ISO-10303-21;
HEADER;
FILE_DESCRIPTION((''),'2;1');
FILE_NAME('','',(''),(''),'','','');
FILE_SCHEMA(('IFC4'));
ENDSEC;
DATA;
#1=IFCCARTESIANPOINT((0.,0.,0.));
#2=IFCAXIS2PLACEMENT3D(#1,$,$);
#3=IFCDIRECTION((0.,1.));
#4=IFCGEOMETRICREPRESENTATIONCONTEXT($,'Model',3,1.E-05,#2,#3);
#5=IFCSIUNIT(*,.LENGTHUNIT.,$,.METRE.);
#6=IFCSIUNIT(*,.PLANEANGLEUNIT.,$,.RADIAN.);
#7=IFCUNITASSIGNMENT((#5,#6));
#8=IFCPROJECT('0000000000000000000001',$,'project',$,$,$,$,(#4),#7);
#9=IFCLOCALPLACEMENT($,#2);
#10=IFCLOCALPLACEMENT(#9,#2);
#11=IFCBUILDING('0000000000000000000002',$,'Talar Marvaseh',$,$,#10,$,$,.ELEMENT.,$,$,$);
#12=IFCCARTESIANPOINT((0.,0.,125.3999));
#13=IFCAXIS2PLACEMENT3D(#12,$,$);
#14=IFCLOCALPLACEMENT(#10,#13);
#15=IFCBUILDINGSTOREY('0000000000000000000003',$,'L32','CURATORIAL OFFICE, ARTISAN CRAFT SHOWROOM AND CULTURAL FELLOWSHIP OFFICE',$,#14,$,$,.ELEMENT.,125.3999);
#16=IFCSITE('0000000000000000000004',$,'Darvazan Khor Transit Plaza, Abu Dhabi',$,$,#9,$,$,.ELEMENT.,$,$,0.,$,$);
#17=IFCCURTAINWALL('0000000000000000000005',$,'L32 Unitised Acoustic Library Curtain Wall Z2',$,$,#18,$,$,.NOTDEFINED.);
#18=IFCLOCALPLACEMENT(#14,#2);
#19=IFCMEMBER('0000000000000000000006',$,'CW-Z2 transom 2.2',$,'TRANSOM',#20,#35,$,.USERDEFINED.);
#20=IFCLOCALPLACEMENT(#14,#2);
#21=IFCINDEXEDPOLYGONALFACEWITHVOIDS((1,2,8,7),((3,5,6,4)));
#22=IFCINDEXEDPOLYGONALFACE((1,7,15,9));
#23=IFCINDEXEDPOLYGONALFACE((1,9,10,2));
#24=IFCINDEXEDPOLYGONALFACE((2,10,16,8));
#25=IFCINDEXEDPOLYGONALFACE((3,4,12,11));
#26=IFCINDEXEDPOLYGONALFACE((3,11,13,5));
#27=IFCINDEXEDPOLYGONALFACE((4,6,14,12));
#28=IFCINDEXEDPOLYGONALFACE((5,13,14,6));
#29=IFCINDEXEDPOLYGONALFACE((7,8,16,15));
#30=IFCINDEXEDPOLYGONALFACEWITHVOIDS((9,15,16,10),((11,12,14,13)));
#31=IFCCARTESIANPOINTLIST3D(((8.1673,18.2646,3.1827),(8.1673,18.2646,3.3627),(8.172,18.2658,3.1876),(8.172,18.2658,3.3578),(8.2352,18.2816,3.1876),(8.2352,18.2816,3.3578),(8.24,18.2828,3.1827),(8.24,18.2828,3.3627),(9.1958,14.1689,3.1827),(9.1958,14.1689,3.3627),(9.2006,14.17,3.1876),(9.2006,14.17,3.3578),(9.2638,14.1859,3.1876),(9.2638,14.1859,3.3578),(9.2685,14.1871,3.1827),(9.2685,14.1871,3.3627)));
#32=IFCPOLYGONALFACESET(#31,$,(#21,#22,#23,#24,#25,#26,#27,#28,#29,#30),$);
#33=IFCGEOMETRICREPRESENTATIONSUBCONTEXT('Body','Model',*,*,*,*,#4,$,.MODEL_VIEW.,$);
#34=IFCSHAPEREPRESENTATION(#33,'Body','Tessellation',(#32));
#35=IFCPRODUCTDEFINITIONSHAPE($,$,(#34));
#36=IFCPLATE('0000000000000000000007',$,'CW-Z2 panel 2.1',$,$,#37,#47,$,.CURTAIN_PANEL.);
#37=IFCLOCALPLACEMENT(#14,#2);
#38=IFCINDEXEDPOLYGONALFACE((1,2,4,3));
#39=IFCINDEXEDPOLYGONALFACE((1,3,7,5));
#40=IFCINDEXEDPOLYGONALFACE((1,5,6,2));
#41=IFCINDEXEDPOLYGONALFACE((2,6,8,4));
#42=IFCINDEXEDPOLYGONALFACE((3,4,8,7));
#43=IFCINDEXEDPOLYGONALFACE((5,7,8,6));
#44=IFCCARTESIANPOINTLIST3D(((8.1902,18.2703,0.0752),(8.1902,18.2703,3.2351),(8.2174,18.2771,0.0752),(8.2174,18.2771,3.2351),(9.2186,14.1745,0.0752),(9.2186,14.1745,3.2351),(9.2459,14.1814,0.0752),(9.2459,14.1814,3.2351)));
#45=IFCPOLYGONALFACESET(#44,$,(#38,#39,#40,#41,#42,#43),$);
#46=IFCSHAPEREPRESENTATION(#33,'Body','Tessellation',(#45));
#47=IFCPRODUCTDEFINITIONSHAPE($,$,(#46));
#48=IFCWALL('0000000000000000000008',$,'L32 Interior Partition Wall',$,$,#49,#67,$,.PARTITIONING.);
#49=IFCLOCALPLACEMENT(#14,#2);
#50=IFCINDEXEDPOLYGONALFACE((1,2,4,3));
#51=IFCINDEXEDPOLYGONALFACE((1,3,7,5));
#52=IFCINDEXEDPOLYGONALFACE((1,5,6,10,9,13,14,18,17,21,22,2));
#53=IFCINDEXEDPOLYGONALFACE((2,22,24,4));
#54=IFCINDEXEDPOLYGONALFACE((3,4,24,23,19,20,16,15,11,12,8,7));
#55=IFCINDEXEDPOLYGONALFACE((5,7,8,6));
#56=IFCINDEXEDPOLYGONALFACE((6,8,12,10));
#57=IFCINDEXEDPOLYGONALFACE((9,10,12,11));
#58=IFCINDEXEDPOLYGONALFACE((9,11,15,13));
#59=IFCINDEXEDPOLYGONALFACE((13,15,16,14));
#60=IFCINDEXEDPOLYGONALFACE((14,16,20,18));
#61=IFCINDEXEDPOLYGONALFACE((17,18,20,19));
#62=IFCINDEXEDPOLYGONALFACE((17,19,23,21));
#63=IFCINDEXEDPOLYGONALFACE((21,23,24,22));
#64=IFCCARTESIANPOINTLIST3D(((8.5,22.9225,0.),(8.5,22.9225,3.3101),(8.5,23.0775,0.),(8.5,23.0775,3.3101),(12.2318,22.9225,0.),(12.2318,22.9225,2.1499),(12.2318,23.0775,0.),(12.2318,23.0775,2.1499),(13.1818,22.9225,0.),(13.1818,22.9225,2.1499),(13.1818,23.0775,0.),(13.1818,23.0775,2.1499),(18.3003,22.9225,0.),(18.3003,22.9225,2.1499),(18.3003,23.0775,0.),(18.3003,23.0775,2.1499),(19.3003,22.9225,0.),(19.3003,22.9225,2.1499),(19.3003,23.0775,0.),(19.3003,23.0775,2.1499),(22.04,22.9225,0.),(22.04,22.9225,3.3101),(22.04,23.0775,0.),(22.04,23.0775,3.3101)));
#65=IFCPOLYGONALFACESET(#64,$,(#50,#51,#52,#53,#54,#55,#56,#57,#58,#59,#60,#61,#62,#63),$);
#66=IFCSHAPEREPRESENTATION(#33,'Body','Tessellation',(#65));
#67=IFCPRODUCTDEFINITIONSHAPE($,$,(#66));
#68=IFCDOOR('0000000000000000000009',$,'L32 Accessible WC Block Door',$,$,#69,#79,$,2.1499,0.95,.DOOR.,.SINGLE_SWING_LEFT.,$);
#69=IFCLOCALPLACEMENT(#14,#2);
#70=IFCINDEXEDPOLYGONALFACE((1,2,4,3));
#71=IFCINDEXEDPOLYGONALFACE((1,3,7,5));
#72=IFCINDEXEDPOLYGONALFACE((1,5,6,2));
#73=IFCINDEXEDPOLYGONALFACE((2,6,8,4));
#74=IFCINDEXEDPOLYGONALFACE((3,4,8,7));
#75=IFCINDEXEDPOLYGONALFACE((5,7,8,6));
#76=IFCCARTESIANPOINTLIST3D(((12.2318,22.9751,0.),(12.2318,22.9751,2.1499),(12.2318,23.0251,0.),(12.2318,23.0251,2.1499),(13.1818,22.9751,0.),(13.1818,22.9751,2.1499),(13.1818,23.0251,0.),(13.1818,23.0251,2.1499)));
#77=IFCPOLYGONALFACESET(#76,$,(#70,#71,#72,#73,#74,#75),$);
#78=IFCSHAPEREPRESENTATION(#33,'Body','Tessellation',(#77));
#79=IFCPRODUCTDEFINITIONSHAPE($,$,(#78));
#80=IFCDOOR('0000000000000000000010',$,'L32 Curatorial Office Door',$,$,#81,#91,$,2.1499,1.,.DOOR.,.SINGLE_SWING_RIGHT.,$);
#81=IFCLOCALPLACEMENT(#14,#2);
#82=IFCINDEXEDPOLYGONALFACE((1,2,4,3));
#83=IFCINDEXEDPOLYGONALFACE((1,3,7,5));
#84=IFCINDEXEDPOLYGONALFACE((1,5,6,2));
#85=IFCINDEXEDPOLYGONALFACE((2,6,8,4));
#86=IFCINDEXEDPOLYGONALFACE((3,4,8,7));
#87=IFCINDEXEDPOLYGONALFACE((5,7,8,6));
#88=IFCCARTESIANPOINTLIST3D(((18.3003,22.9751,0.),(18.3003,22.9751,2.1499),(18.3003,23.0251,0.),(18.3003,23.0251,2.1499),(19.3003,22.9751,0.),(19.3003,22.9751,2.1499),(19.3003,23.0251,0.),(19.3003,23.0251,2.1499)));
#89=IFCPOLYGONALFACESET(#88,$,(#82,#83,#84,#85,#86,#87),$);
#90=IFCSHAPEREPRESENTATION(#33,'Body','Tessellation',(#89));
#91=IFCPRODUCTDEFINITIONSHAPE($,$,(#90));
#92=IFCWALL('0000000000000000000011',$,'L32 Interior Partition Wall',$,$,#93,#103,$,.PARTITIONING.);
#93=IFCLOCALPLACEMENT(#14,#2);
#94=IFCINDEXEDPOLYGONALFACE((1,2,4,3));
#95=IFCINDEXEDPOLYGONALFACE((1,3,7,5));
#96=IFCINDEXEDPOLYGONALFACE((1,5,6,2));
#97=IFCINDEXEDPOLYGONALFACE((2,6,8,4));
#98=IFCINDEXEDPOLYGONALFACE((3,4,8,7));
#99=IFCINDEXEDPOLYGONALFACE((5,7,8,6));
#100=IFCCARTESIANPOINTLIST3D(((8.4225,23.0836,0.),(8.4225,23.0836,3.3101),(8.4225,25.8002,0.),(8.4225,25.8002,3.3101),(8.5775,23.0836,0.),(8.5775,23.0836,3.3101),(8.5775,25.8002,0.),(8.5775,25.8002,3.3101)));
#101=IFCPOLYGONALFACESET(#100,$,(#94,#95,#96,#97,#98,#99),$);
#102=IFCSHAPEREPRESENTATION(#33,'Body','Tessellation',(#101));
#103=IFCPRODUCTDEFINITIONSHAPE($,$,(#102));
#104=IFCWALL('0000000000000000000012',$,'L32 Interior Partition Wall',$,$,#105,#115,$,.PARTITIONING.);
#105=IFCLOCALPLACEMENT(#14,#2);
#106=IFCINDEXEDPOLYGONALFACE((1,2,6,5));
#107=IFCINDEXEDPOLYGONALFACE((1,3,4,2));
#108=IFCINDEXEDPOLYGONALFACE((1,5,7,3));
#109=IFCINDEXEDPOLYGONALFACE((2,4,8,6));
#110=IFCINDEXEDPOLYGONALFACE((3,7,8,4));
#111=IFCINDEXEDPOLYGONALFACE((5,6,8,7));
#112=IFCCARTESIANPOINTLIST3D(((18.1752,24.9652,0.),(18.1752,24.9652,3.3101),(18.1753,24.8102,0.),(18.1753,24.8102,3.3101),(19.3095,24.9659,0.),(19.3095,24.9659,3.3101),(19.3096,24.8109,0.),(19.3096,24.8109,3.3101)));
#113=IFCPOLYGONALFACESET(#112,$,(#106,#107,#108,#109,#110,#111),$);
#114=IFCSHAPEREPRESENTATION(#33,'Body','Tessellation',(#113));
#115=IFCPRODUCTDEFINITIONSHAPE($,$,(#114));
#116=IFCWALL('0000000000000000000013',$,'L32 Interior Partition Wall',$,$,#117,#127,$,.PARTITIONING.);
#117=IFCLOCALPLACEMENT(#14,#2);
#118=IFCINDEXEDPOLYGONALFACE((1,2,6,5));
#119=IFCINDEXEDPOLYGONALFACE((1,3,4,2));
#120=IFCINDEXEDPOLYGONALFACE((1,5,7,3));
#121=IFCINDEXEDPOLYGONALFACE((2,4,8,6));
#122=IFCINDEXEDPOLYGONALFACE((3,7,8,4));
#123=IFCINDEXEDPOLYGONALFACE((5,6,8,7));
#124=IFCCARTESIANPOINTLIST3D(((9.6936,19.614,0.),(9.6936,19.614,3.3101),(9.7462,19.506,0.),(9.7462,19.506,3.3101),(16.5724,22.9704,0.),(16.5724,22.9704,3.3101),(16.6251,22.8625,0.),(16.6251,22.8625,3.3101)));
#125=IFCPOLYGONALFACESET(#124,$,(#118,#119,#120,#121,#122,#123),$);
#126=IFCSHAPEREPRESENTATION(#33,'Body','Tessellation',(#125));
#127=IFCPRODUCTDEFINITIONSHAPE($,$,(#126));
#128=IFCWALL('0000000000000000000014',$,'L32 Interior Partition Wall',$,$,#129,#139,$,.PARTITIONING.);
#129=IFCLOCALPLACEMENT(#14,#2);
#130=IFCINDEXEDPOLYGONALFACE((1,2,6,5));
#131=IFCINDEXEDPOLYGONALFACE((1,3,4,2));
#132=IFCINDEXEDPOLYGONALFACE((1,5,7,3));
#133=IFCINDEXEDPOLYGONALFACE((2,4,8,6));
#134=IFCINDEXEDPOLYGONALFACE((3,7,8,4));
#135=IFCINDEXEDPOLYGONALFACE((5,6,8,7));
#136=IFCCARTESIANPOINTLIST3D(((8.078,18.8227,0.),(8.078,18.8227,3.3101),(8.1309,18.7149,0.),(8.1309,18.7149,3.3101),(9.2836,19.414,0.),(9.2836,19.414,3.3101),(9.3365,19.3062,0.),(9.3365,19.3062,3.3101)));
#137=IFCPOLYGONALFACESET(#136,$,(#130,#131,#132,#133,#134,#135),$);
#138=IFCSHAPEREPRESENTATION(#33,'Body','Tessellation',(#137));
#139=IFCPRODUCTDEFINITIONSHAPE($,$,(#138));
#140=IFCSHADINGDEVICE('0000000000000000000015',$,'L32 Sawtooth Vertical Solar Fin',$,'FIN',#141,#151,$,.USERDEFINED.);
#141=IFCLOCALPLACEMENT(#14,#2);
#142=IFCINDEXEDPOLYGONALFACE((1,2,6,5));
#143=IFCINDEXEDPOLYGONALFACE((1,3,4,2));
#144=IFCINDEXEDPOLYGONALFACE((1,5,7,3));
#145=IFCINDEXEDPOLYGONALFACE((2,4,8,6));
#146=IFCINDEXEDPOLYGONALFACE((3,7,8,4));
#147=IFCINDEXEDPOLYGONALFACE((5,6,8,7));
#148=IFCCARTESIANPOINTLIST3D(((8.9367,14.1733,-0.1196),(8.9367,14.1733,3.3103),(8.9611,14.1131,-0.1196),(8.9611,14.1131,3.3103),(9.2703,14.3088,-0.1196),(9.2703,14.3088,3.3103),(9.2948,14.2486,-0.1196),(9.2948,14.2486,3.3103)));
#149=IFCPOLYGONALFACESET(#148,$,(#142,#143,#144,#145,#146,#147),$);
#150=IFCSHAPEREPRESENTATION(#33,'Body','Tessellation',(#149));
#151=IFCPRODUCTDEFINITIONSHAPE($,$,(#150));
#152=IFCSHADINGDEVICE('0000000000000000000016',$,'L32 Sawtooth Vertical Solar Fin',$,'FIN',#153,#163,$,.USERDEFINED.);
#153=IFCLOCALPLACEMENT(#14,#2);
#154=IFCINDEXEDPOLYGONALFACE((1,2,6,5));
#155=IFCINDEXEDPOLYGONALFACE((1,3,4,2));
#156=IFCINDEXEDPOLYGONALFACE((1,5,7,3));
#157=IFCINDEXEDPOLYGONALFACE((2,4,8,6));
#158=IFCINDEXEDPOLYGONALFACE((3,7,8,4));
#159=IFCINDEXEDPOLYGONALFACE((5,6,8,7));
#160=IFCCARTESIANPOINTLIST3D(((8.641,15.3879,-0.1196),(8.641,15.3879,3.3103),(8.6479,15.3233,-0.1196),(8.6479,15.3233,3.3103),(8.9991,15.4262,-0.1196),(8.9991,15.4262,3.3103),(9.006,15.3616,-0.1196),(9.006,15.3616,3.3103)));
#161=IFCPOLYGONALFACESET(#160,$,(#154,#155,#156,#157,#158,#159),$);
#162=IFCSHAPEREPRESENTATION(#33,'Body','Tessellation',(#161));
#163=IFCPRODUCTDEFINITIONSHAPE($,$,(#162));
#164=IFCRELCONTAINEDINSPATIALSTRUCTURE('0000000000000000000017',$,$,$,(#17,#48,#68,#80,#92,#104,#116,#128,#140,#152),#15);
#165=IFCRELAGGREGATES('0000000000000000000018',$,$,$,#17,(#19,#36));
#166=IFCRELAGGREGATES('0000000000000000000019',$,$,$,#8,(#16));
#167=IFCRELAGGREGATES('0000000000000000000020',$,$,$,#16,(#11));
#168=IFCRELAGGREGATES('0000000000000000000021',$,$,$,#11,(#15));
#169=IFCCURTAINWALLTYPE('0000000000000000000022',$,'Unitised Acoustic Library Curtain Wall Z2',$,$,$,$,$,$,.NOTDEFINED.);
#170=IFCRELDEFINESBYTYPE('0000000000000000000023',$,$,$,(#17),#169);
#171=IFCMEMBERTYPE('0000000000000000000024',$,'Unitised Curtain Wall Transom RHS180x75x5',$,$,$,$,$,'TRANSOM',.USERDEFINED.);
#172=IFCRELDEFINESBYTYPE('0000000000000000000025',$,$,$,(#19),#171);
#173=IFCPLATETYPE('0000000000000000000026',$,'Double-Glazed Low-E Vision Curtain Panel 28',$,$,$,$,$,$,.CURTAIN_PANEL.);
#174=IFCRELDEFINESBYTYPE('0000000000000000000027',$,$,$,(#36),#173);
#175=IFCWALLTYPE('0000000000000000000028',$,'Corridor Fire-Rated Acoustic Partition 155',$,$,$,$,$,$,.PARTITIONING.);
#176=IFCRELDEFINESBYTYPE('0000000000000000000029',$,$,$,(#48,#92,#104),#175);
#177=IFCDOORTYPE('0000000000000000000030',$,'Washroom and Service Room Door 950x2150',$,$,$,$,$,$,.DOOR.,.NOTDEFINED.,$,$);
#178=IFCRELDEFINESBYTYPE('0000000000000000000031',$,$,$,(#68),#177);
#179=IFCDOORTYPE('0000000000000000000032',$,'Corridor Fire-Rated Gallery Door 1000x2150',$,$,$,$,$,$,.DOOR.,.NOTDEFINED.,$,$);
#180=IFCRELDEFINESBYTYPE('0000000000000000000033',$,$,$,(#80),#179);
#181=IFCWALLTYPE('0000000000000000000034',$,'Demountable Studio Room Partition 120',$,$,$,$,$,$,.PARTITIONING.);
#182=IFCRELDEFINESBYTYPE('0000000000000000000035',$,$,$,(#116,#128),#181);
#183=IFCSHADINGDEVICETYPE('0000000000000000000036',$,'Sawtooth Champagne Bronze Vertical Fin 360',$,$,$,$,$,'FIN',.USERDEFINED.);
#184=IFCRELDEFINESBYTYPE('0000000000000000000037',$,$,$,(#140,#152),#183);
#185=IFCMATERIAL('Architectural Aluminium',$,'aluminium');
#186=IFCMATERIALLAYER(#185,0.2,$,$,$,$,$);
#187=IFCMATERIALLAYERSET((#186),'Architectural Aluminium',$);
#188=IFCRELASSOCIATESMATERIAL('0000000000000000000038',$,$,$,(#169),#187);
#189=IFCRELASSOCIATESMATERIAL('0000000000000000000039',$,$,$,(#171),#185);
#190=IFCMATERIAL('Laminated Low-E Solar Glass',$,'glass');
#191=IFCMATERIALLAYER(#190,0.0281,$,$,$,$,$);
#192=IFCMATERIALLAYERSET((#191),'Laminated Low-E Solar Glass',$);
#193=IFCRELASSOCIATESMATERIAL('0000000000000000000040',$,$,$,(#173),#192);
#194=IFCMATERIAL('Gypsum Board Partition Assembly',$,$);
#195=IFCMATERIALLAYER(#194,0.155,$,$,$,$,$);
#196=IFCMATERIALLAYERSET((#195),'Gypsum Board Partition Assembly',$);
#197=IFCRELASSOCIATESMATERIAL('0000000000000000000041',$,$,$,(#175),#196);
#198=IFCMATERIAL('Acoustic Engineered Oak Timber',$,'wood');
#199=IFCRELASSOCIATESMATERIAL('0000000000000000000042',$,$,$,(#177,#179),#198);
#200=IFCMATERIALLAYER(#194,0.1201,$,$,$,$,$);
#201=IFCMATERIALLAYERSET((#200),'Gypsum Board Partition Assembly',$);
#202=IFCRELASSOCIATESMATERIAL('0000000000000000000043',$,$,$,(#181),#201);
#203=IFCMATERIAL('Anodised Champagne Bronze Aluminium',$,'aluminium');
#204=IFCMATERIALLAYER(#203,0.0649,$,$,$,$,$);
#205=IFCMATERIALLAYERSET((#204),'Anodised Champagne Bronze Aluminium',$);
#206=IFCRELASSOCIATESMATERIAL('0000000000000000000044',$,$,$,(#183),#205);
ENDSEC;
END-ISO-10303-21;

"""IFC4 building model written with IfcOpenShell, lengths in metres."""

from ifc_helpers import new_model, si_unit, direction, frame, frame_2d, origin, origin_2d, place, context, subcontext, project, spatial, rectangle, hollow_rectangle, extrude, source, transform, mapped, material, layer, layer_set, material_profile, profile_set, type_object, type_shapes, element, fill, aggregate, save


model = new_model("IFC4")

# Units and contexts
model_context = context("Model", 3, precision=1e-05, world=origin(), true_north=direction((0.0, 1.0)))
body_context = subcontext(model_context, "Body", "Model", "MODEL_VIEW")
ifc_project = project(units=[si_unit("LENGTHUNIT", "METRE"), si_unit("PLANEANGLEUNIT", "RADIAN")], contexts=[model_context])

# Site, building, storey
site_placement = place(None, origin())
site = spatial("IfcSite", under=ifc_project, at=site_placement, Name="Darvazan Khor Transit Plaza, Abu Dhabi", CompositionType="ELEMENT", RefElevation=0.0)
building_placement = place(site_placement, origin())
building = spatial("IfcBuilding", under=site, at=building_placement, Name="Talar Marvaseh", CompositionType="ELEMENT")
storey_placement = place(building_placement, frame((0.0, 0.0, 125.3999)))
storey = spatial("IfcBuildingStorey", under=building, at=storey_placement, Name="L32", Description="CURATORIAL OFFICE, ARTISAN CRAFT SHOWROOM AND CULTURAL FELLOWSHIP OFFICE", CompositionType="ELEMENT", Elevation=125.3999)

# Curtain wall, member, plate
ifc_material_1 = material(Name="Architectural Aluminium", Category="aluminium")
ifc_layer_1 = layer(ifc_material_1, 0.2)
ifc_layer_set_1 = layer_set([ifc_layer_1], Name="Architectural Aluminium")
curtain_wall_type = type_object("IfcCurtainWallType", Name="Unitised Acoustic Library Curtain Wall Z2", PredefinedType="NOTDEFINED", material=ifc_layer_set_1)
curtain_wall_placement = place(storey_placement, origin())
curtain_wall = element("IfcCurtainWall", 1, at=curtain_wall_placement, inside=storey, type_object=curtain_wall_type, Name="L32 Unitised Acoustic Library Curtain Wall Z2", PredefinedType="NOTDEFINED")
ifc_material_profile_1 = material_profile(ifc_material_1, hollow_rectangle(XDim=0.075, YDim=0.1799, WallThickness=0.0049, at=origin_2d()), Name="RHS180x75x5")
ifc_profile_set_1 = profile_set([ifc_material_profile_1], Name="Architectural Aluminium")
member_type_1 = type_object("IfcMemberType", Name="Unitised Curtain Wall Transom RHS180x75x5", ElementType="TRANSOM", PredefinedType="USERDEFINED", material=ifc_profile_set_1)
shared_shape_1 = source(origin(), body_context, "Body", "SweptSolid", [
    extrude(hollow_rectangle(XDim=0.075, YDim=0.1799, WallThickness=0.0049, at=origin_2d()), origin(), (0.0, 0.0, 1.0), 4.2229),
])
type_shapes(member_type_1, [shared_shape_1])
member_1_placement = place(storey_placement, frame((9.2322, 14.178, 3.2727), z_axis=(-0.243569, 0.969883, 0.0), x_axis=(-0.969883, -0.243569, 0.0)))
member_1 = element("IfcMember", 2, at=member_1_placement, type_object=member_type_1, Name="CW-Z2 transom 2.2", ObjectType="TRANSOM", PredefinedType="USERDEFINED", context=body_context, shape_type="MappedRepresentation", body=[
    mapped(shared_shape_1, transform((0.0, 0.0, 0.0), x_axis=(1.0, 0.0, 0.0), y_axis=(0.0, 1.0, 0.0), z_axis=(0.0, 0.0, 1.0), scale=1.0)),
])
ifc_material_2 = material(Name="Laminated Low-E Solar Glass", Category="glass")
ifc_layer_2 = layer(ifc_material_2, 0.0281)
ifc_layer_set_2 = layer_set([ifc_layer_2], Name="Laminated Low-E Solar Glass")
plate_type = type_object("IfcPlateType", Name="Double-Glazed Low-E Vision Curtain Panel 28", PredefinedType="CURTAIN_PANEL", material=ifc_layer_set_2)
shared_shape_2 = source(origin(), body_context, "Body", "SweptSolid", [
    extrude(rectangle(XDim=4.2229, YDim=0.0281, at=origin_2d()), origin(), (0.0, 0.0, 1.0), 3.1599),
])
type_shapes(plate_type, [shared_shape_2])
plate_placement = place(storey_placement, frame((8.718, 16.2258, 0.0752), z_axis=(0.0, 0.0, 1.0), x_axis=(-0.24355, 0.969888, 0.0)))
plate = element("IfcPlate", 3, at=plate_placement, type_object=plate_type, Name="CW-Z2 panel 2.1", PredefinedType="CURTAIN_PANEL", context=body_context, shape_type="MappedRepresentation", body=[
    mapped(shared_shape_2, transform((0.0, 0.0, 0.0), x_axis=(1.0, 0.0, 0.0), y_axis=(0.0, 1.0, 0.0), z_axis=(0.0, 0.0, 1.0), scale=1.0)),
])
aggregate(curtain_wall, [member_1, plate])

# Wall, openings, doors
ifc_material_3 = material(Name="Gypsum Board Partition Assembly")
ifc_layer_3 = layer(ifc_material_3, 0.155)
ifc_layer_set_3 = layer_set([ifc_layer_3], Name="Gypsum Board Partition Assembly")
wall_type_1 = type_object("IfcWallType", Name="Corridor Fire-Rated Acoustic Partition 155", PredefinedType="PARTITIONING", material=ifc_layer_set_3)
wall_1_placement = place(storey_placement, frame((22.04, 23.0, 0.0), z_axis=(0.0, 0.0, 1.0), x_axis=(-1.0, 0.0, 0.0)))
wall_1 = element("IfcWall", 4, at=wall_1_placement, inside=storey, type_object=wall_type_1, Name="L32 Interior Partition Wall", PredefinedType="PARTITIONING", context=body_context, shape_type="SweptSolid", body=[
    extrude(rectangle(XDim=13.54, YDim=0.155, at=frame_2d((6.77, 0.0))), origin(), (0.0, 0.0, 1.0), 3.3101),
])
opening_1_placement = place(wall_1_placement, frame((8.8582, 0.0, 0.0)))
opening_1 = element("IfcOpeningElement", 5, at=opening_1_placement, cuts=wall_1, PredefinedType="OPENING", context=body_context, shape_type="SweptSolid", body=[
    extrude(rectangle(XDim=0.95, YDim=2.1499, at=frame_2d((0.4751, 1.075))), frame((0.0, 0.0874, 0.0), z_axis=(0.0, -1.0, 0.0), x_axis=(1.0, 0.0, 0.0)), (0.0, 0.0, 1.0), 0.175),
])
opening_2_placement = place(wall_1_placement, frame((2.7397, 0.0, 0.0)))
opening_2 = element("IfcOpeningElement", 6, at=opening_2_placement, cuts=wall_1, PredefinedType="OPENING", context=body_context, shape_type="SweptSolid", body=[
    extrude(rectangle(XDim=1.0, YDim=2.1499, at=frame_2d((0.5, 1.075))), frame((0.0, 0.0874, 0.0), z_axis=(0.0, -1.0, 0.0), x_axis=(1.0, 0.0, 0.0)), (0.0, 0.0, 1.0), 0.175),
])
ifc_material_4 = material(Name="Acoustic Engineered Oak Timber", Category="wood")
door_type_1 = type_object("IfcDoorType", Name="Washroom and Service Room Door 950x2150", OperationType="NOTDEFINED", PredefinedType="DOOR", material=ifc_material_4)
shared_shape_3 = source(origin(), body_context, "Body", "SweptSolid", [
    extrude(rectangle(XDim=0.95, YDim=2.1499, at=frame_2d((0.4751, 1.075))), frame((0.0, 0.0249, 0.0), z_axis=(0.0, -1.0, 0.0), x_axis=(1.0, 0.0, 0.0)), (0.0, 0.0, 1.0), 0.05),
])
type_shapes(door_type_1, [shared_shape_3])
door_1_placement = place(opening_1_placement, origin())
door_1 = element("IfcDoor", 7, at=door_1_placement, inside=storey, type_object=door_type_1, Name="L32 Accessible WC Block Door", OperationType="SINGLE_SWING_LEFT", OverallHeight=2.1499, OverallWidth=0.95, PredefinedType="DOOR", context=body_context, shape_type="MappedRepresentation", body=[
    mapped(shared_shape_3, transform((0.0, 0.0, 0.0), x_axis=(1.0, 0.0, 0.0), y_axis=(0.0, 1.0, 0.0), z_axis=(0.0, 0.0, 1.0), scale=1.0)),
])
fill(opening_1, door_1)
door_type_2 = type_object("IfcDoorType", Name="Corridor Fire-Rated Gallery Door 1000x2150", OperationType="NOTDEFINED", PredefinedType="DOOR", material=ifc_material_4)
shared_shape_4 = source(origin(), body_context, "Body", "SweptSolid", [
    extrude(rectangle(XDim=1.0, YDim=2.1499, at=frame_2d((0.5, 1.075))), frame((0.0, 0.0249, 0.0), z_axis=(0.0, -1.0, 0.0), x_axis=(1.0, 0.0, 0.0)), (0.0, 0.0, 1.0), 0.05),
])
type_shapes(door_type_2, [shared_shape_4])
door_2_placement = place(opening_2_placement, origin())
door_2 = element("IfcDoor", 8, at=door_2_placement, inside=storey, type_object=door_type_2, Name="L32 Curatorial Office Door", OperationType="SINGLE_SWING_RIGHT", OverallHeight=2.1499, OverallWidth=1.0, PredefinedType="DOOR", context=body_context, shape_type="MappedRepresentation", body=[
    mapped(shared_shape_4, transform((0.0, 0.0, 0.0), x_axis=(1.0, 0.0, 0.0), y_axis=(0.0, 1.0, 0.0), z_axis=(0.0, 0.0, 1.0), scale=1.0)),
])
fill(opening_2, door_2)

# Walls
wall_2_placement = place(storey_placement, frame((8.5, 23.0835, 0.0), z_axis=(0.0, 0.0, 1.0), x_axis=(0.0, 1.0, 0.0)))
element("IfcWall", 9, at=wall_2_placement, inside=storey, type_object=wall_type_1, Name="L32 Interior Partition Wall", PredefinedType="PARTITIONING", context=body_context, shape_type="SweptSolid", body=[
    extrude(rectangle(XDim=2.7166, YDim=0.155, at=frame_2d((1.3584, 0.0))), origin(), (0.0, 0.0, 1.0), 3.3101),
])
wall_3_placement = place(storey_placement, frame((18.1753, 24.8877, 0.0), z_axis=(0.0, 0.0, 1.0), x_axis=(1.0, 0.000646, 0.0)))
element("IfcWall", 10, at=wall_3_placement, inside=storey, type_object=wall_type_1, Name="L32 Interior Partition Wall", PredefinedType="PARTITIONING", context=body_context, shape_type="SweptSolid", body=[
    extrude(rectangle(XDim=1.1343, YDim=0.155, at=frame_2d((0.5671, 0.0))), origin(), (0.0, 0.0, 1.0), 3.3101),
])
ifc_layer_4 = layer(ifc_material_3, 0.1201)
ifc_layer_set_4 = layer_set([ifc_layer_4], Name="Gypsum Board Partition Assembly")
wall_type_2 = type_object("IfcWallType", Name="Demountable Studio Room Partition 120", PredefinedType="PARTITIONING", material=ifc_layer_set_4)
wall_4_placement = place(storey_placement, frame((16.5989, 22.9165, 0.0), z_axis=(0.0, 0.0, 1.0), x_axis=(-0.898723, -0.438517, 0.0)))
element("IfcWall", 11, at=wall_4_placement, inside=storey, type_object=wall_type_2, Name="L32 Interior Partition Wall", PredefinedType="PARTITIONING", context=body_context, shape_type="SweptSolid", body=[
    extrude(rectangle(XDim=7.6541, YDim=0.1201, at=frame_2d((3.8271, 0.0))), origin(), (0.0, 0.0, 1.0), 3.3101),
])
wall_5_placement = place(storey_placement, frame((9.3101, 19.3601, 0.0), z_axis=(0.0, 0.0, 1.0), x_axis=(-0.897819, -0.440364, 0.0)))
element("IfcWall", 12, at=wall_5_placement, inside=storey, type_object=wall_type_2, Name="L32 Interior Partition Wall", PredefinedType="PARTITIONING", context=body_context, shape_type="SweptSolid", body=[
    extrude(rectangle(XDim=1.3428, YDim=0.1201, at=frame_2d((0.6714, 0.0))), origin(), (0.0, 0.0, 1.0), 3.3101),
])

# Shading devices
ifc_material_5 = material(Name="Anodised Champagne Bronze Aluminium", Category="aluminium")
ifc_layer_5 = layer(ifc_material_5, 0.0649)
ifc_layer_set_5 = layer_set([ifc_layer_5], Name="Anodised Champagne Bronze Aluminium")
shading_device_type = type_object("IfcShadingDeviceType", Name="Sawtooth Champagne Bronze Vertical Fin 360", ElementType="FIN", PredefinedType="USERDEFINED", material=ifc_layer_set_5)
shared_shape_5 = source(origin(), body_context, "Body", "SweptSolid", [
    extrude(rectangle(XDim=0.3601, YDim=0.0649, at=origin_2d()), origin(), (0.0, 0.0, 1.0), 3.4299),
])
type_shapes(shading_device_type, [shared_shape_5])
for number, where, z_axis, x_axis, name in (
    (13, (9.1157, 14.2109, -0.1196), (0.0, 0.0, 1.0), (-0.926529, -0.376224, 0.0), "L32 Sawtooth Vertical Solar Fin"),
    (14, (8.8235, 15.3748, -0.1196), (0.0, 0.0, 1.0), (-0.994338, -0.106264, 0.0), "L32 Sawtooth Vertical Solar Fin"),
):
    element("IfcShadingDevice", number, at=place(storey_placement, frame(where, z_axis=z_axis, x_axis=x_axis)), inside=storey, type_object=shading_device_type, Name=name, ObjectType="FIN", PredefinedType="USERDEFINED", context=body_context, shape_type="MappedRepresentation", body=[
        mapped(shared_shape_5, transform((0.0, 0.0, 0.0), x_axis=(1.0, 0.0, 0.0), y_axis=(0.0, 1.0, 0.0), z_axis=(0.0, 0.0, 1.0), scale=1.0)),
    ])

save(model, "model.ifc")
